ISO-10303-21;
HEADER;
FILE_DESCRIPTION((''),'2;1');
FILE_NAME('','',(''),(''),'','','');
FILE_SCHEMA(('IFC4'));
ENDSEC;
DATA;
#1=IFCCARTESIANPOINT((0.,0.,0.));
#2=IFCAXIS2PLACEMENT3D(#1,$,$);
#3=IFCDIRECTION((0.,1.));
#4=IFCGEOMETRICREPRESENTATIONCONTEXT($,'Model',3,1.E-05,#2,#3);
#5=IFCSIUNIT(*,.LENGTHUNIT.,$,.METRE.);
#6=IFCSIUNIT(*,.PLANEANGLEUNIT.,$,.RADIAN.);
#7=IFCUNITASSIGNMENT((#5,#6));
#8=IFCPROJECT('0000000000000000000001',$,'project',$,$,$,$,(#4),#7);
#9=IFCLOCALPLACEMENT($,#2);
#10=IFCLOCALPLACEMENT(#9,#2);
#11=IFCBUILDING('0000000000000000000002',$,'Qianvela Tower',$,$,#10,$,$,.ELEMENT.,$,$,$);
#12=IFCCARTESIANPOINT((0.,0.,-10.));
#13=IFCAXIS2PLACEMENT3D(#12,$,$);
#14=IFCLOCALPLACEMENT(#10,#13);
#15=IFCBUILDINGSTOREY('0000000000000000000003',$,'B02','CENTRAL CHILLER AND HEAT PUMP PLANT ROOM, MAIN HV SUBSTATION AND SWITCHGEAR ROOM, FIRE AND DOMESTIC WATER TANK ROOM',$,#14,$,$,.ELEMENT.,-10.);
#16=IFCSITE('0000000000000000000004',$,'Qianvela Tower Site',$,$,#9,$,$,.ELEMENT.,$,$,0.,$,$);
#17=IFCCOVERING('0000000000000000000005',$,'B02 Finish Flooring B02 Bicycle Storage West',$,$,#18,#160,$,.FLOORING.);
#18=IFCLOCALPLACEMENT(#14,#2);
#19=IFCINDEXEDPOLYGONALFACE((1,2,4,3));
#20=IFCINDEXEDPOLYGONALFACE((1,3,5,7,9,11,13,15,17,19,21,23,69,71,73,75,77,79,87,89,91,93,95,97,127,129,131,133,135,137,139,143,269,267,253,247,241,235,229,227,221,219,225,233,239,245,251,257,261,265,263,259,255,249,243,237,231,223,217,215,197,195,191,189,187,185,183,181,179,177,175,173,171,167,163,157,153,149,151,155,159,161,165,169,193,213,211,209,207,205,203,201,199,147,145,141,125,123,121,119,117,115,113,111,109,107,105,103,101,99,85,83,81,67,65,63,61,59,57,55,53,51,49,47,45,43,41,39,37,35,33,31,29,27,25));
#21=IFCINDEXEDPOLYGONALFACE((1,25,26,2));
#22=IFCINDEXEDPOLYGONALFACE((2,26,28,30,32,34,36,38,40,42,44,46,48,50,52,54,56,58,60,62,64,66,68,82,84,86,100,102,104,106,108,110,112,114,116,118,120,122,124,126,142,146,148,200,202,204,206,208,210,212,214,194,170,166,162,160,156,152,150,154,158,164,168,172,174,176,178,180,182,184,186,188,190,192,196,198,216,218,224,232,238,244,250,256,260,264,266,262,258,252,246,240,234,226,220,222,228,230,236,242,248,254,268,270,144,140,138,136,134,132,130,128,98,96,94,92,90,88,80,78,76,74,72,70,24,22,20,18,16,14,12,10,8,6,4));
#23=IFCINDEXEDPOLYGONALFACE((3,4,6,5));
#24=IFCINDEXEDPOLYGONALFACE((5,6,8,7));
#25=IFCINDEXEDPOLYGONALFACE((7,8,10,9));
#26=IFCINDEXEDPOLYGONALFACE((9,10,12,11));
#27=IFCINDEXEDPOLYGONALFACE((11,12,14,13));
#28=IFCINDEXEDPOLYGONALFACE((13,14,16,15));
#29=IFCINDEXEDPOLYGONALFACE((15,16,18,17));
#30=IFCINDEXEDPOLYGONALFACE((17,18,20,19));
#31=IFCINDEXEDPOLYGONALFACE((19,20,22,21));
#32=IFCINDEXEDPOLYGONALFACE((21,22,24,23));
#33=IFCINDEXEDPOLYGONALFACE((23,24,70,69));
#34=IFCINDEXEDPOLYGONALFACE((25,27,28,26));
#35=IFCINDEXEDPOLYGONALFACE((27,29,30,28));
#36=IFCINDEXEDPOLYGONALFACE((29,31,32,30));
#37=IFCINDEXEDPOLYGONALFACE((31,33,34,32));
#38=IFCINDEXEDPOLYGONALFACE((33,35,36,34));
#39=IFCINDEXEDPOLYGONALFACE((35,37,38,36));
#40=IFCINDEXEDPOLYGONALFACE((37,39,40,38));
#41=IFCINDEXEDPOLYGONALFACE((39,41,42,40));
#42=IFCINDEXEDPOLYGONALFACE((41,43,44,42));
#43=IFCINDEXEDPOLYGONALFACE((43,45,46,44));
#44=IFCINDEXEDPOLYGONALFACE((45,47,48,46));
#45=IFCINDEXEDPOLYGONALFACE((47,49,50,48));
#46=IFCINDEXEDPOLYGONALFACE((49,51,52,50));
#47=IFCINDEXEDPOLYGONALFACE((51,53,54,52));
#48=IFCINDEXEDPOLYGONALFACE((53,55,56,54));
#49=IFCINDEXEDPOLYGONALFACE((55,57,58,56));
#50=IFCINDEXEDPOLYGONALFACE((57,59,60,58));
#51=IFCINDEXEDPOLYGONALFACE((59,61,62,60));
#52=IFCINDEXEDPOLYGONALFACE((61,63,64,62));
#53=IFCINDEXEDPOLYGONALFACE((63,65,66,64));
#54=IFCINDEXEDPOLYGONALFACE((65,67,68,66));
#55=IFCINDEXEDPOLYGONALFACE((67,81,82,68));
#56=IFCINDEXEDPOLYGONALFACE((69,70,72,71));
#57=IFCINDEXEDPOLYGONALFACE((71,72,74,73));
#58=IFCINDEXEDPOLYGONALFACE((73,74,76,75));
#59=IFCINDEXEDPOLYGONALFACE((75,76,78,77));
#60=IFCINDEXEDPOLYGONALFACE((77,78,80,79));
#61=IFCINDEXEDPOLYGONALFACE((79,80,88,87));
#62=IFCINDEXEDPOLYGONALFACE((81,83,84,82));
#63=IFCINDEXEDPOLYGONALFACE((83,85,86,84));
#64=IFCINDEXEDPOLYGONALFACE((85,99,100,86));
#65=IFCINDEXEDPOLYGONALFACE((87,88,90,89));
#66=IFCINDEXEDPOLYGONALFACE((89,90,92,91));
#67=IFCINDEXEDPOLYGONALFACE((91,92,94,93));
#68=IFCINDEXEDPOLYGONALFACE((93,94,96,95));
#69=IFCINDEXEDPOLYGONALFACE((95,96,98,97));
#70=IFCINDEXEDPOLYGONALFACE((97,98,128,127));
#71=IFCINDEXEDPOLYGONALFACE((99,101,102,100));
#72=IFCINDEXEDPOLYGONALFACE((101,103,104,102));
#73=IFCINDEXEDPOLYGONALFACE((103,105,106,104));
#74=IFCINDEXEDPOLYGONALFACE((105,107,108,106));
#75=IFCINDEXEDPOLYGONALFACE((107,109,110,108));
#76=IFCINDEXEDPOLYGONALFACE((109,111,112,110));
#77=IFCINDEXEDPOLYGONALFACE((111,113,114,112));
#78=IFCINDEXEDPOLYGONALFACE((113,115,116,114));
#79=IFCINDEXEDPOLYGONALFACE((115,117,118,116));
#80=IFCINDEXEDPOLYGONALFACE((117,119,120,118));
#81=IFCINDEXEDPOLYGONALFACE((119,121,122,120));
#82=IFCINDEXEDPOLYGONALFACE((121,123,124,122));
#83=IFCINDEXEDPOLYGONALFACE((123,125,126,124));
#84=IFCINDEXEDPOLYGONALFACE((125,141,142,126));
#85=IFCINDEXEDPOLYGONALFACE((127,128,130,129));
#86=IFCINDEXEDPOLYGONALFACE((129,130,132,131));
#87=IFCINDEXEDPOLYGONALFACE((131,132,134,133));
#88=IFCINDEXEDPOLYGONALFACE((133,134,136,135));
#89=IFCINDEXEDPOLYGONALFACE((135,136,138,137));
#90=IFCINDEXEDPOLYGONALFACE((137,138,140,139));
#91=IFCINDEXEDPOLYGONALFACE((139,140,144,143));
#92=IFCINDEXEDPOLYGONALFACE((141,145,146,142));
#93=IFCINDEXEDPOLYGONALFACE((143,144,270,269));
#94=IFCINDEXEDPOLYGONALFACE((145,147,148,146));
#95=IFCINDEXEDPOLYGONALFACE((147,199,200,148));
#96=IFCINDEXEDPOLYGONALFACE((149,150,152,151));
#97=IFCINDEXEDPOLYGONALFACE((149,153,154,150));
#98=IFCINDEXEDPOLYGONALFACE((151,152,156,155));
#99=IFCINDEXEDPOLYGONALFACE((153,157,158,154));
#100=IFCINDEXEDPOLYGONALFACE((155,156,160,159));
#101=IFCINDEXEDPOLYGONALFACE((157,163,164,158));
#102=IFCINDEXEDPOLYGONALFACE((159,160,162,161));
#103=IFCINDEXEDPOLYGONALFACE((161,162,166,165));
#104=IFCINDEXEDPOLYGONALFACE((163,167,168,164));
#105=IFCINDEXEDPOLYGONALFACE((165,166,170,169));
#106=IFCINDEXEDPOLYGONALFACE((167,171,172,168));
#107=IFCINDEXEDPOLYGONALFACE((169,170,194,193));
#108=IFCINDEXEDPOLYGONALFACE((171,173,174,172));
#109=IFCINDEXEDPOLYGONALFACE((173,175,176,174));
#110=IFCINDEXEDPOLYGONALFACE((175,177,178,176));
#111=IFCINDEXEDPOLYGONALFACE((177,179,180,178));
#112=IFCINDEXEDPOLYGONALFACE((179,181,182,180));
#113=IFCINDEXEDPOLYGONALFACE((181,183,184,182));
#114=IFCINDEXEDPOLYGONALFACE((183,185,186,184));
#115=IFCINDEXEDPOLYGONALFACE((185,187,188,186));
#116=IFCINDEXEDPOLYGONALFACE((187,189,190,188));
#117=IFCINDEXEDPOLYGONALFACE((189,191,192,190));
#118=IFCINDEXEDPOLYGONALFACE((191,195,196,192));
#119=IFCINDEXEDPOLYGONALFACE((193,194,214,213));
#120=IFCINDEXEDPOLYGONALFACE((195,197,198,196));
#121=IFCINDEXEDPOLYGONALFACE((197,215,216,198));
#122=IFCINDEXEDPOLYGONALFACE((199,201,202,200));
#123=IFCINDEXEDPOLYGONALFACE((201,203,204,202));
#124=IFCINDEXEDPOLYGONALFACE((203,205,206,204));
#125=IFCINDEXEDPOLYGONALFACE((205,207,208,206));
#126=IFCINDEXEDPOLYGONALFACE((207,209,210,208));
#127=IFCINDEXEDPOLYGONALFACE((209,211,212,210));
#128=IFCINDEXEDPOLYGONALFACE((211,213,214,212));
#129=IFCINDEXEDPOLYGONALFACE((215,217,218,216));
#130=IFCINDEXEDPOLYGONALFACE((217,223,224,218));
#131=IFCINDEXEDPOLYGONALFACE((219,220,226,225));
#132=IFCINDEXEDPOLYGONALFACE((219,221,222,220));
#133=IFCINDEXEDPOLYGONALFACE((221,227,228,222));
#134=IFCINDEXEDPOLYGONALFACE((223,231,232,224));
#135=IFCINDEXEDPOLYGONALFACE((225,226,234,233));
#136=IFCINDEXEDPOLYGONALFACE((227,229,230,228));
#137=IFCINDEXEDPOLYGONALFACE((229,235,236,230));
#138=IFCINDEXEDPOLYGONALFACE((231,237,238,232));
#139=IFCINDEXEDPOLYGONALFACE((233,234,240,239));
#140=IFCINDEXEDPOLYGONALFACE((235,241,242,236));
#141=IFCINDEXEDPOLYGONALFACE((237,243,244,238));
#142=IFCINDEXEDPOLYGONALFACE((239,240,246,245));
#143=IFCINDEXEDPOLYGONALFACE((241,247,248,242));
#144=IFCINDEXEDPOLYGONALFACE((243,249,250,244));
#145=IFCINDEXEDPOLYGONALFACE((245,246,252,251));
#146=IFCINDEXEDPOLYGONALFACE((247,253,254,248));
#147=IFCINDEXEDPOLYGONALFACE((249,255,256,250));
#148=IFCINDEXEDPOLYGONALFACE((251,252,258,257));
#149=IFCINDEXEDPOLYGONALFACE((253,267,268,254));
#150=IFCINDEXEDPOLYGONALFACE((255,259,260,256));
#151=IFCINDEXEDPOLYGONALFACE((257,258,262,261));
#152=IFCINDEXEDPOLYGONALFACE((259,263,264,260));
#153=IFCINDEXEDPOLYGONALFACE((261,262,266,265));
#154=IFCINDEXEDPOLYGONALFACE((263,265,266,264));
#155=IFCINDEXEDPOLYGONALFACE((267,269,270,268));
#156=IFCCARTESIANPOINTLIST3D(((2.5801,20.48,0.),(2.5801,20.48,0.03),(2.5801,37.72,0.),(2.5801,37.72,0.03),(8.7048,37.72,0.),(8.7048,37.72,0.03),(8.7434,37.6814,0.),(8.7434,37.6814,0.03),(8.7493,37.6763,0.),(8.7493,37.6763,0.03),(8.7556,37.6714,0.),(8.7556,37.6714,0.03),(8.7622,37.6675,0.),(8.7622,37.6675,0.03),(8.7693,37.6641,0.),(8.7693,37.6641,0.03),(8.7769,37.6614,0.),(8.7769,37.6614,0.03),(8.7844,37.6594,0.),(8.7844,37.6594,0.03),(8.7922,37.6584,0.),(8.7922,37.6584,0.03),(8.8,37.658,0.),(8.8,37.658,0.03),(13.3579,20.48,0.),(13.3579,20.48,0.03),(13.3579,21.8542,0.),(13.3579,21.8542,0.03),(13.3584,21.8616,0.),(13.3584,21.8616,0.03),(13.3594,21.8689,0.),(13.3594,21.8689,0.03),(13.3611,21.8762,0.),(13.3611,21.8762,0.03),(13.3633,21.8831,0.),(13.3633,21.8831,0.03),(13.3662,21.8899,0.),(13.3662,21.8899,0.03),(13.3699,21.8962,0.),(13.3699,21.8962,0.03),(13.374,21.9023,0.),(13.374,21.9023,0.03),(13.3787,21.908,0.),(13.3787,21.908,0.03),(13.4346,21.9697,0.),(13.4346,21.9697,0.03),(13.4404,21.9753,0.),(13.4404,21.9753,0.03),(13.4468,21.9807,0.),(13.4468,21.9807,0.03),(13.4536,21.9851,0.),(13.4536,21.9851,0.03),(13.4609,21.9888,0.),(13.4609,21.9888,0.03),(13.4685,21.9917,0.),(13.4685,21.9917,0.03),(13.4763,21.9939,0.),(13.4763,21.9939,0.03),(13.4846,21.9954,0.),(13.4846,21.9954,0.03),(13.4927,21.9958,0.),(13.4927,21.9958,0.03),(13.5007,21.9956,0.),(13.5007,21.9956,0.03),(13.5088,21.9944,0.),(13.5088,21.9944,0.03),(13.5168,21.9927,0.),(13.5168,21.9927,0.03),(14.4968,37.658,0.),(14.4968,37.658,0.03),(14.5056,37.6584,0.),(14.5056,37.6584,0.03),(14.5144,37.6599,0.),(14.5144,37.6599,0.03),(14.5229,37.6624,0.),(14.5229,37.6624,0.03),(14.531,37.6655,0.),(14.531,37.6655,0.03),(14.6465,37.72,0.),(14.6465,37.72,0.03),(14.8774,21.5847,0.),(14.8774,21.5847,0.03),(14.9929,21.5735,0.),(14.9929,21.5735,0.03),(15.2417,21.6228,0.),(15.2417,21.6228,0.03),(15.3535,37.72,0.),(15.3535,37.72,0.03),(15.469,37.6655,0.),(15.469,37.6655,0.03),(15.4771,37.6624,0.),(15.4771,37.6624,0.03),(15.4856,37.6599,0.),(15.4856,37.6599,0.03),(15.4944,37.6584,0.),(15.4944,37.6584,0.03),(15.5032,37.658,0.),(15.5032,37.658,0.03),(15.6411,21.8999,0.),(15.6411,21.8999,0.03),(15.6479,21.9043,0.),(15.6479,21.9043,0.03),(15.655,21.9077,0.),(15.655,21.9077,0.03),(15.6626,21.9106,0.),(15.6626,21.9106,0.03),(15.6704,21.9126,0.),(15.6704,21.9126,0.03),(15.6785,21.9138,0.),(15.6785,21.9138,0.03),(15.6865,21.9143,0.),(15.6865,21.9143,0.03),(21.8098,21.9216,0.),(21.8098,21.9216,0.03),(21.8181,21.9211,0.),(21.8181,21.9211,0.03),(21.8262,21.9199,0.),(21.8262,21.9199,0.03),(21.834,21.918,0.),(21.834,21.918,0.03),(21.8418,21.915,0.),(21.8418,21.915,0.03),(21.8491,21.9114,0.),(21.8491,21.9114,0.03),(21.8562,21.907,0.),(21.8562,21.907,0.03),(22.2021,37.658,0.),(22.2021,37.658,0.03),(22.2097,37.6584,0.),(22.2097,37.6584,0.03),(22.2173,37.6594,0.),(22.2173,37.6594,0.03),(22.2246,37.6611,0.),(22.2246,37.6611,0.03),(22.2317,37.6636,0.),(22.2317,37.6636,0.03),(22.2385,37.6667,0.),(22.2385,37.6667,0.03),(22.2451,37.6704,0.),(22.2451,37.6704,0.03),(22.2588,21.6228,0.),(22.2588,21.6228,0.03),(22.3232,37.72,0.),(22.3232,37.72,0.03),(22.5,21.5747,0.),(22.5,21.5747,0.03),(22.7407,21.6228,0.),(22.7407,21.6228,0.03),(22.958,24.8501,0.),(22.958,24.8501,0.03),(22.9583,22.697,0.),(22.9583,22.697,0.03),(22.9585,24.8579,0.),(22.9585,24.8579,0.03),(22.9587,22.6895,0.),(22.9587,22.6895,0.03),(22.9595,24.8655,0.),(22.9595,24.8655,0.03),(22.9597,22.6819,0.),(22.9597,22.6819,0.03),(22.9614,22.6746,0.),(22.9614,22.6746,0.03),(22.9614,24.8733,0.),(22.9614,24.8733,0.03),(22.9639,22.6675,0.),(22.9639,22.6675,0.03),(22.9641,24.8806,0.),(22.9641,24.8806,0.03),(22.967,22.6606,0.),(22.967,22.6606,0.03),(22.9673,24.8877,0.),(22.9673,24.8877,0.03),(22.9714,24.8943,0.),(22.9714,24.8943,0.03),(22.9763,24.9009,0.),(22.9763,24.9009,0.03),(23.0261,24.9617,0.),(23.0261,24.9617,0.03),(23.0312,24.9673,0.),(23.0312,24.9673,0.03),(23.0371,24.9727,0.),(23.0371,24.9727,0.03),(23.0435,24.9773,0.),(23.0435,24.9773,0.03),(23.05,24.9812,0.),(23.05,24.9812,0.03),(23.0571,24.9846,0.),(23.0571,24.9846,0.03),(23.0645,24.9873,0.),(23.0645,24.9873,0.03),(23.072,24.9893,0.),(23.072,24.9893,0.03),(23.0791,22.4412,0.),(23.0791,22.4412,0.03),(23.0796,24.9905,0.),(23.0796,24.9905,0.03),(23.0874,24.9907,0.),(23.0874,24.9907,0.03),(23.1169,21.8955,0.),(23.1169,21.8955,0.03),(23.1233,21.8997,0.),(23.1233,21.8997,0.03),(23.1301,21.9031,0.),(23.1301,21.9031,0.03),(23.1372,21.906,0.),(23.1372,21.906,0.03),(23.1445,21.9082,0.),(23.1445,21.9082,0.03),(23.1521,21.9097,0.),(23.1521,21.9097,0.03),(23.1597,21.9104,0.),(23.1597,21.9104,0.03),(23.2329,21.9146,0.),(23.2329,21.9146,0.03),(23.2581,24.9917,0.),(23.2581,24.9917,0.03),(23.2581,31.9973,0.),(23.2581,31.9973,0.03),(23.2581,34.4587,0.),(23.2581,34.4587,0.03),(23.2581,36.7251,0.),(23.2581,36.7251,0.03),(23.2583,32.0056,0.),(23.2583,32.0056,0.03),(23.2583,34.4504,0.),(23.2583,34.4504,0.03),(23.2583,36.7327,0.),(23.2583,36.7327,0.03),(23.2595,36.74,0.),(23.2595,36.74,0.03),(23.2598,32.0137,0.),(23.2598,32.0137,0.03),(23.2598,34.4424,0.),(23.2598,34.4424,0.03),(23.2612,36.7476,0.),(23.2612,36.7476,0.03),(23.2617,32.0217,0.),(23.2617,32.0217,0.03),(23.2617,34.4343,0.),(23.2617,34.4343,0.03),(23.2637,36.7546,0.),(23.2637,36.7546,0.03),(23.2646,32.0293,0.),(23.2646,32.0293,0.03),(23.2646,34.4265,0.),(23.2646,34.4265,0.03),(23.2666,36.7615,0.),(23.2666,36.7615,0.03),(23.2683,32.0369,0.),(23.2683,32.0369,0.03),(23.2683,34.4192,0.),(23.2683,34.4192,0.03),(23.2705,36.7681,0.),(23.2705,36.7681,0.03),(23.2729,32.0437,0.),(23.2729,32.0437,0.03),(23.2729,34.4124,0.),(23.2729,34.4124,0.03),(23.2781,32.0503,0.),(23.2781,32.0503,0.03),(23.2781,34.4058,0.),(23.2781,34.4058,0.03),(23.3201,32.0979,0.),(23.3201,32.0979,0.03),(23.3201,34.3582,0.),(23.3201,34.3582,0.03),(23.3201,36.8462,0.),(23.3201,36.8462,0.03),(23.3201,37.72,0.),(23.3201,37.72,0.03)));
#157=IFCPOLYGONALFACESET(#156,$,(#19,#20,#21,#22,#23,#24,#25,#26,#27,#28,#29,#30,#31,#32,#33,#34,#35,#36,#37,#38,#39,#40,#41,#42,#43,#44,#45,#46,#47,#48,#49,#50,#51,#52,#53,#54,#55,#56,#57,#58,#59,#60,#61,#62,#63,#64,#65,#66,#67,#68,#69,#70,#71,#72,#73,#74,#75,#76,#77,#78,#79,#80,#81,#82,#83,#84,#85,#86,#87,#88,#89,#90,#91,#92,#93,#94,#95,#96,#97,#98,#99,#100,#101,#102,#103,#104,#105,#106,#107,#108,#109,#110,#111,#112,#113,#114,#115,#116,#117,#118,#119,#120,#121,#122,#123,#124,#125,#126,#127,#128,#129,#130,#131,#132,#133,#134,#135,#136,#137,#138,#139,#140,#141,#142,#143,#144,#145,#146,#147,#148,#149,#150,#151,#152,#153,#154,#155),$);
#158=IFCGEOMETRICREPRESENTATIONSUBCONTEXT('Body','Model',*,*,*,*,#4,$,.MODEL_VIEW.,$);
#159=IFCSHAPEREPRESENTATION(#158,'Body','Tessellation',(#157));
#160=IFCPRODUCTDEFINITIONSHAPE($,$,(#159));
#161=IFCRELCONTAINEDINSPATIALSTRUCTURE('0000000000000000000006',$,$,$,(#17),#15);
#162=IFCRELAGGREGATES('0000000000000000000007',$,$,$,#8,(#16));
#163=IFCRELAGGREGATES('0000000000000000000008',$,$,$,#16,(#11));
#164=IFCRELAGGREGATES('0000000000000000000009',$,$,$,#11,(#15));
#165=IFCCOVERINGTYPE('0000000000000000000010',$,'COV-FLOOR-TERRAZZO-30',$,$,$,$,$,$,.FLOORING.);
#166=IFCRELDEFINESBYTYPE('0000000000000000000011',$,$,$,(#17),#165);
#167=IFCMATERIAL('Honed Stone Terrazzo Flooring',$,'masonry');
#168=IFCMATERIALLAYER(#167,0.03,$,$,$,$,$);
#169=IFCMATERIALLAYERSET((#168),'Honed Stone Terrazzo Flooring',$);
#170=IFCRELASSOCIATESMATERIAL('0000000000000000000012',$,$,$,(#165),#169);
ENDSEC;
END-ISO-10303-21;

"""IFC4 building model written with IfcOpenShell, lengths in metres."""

from ifc_helpers import new_model, si_unit, direction, frame, origin, place, context, subcontext, project, spatial, polyline, outline, extrude, material, layer, layer_set, type_object, element, save


model = new_model("IFC4")

# Units and contexts
model_context = context("Model", 3, precision=1e-05, world=origin(), true_north=direction((0.0, 1.0)))
body_context = subcontext(model_context, "Body", "Model", "MODEL_VIEW")
ifc_project = project(units=[si_unit("LENGTHUNIT", "METRE"), si_unit("PLANEANGLEUNIT", "RADIAN")], contexts=[model_context])

# Site, building, storey
site_placement = place(None, origin())
site = spatial("IfcSite", under=ifc_project, at=site_placement, Name="Qianvela Tower Site", CompositionType="ELEMENT", RefElevation=0.0)
building_placement = place(site_placement, origin())
building = spatial("IfcBuilding", under=site, at=building_placement, Name="Qianvela Tower", CompositionType="ELEMENT")
storey_placement = place(building_placement, frame((0.0, 0.0, -10.0)))
storey = spatial("IfcBuildingStorey", under=building, at=storey_placement, Name="B02", Description="CENTRAL CHILLER AND HEAT PUMP PLANT ROOM, MAIN HV SUBSTATION AND SWITCHGEAR ROOM, FIRE AND DOMESTIC WATER TANK ROOM", CompositionType="ELEMENT", Elevation=-10.0)

# Covering
ifc_material_1 = material(Name="Honed Stone Terrazzo Flooring", Category="masonry")
ifc_layer_1 = layer(ifc_material_1, 0.03)
ifc_layer_set_1 = layer_set([ifc_layer_1], Name="Honed Stone Terrazzo Flooring")
covering_type_1 = type_object("IfcCoveringType", Name="COV-FLOOR-TERRAZZO-30", PredefinedType="FLOORING", material=ifc_layer_set_1)
covering_1_placement = place(storey_placement, origin())
element("IfcCovering", 1, at=covering_1_placement, inside=storey, type_object=covering_type_1, Name="B02 Finish Flooring B02 Bicycle Storage West", PredefinedType="FLOORING", context=body_context, shape_type="SweptSolid", body=[
    extrude(outline(polyline([(23.3201, 36.8462), (23.2705, 36.7681), (23.2666, 36.7615), (23.2637, 36.7546), (23.2612, 36.7476), (23.2595, 36.74), (23.2583, 36.7327), (23.2581, 36.7251), (23.2581, 34.4587), (23.2583, 34.4504), (23.2598, 34.4424), (23.2617, 34.4343), (23.2646, 34.4265), (23.2683, 34.4192), (23.2729, 34.4124), (23.2781, 34.4058), (23.3201, 34.3582), (23.3201, 32.0979), (23.2781, 32.0503), (23.2729, 32.0437), (23.2683, 32.0369), (23.2646, 32.0293), (23.2617, 32.0217), (23.2598, 32.0137), (23.2583, 32.0056), (23.2581, 31.9973), (23.2581, 24.9917), (23.0874, 24.9907), (23.0796, 24.9905), (23.072, 24.9893), (23.0645, 24.9873), (23.0571, 24.9846), (23.05, 24.9812), (23.0435, 24.9773), (23.0371, 24.9727), (23.0312, 24.9673), (23.0261, 24.9617), (22.9763, 24.9009), (22.9714, 24.8943), (22.9673, 24.8877), (22.9641, 24.8806), (22.9614, 24.8733), (22.9595, 24.8655), (22.9585, 24.8579), (22.958, 24.8501), (22.9583, 22.697), (22.9587, 22.6895), (22.9597, 22.6819), (22.9614, 22.6746), (22.9639, 22.6675), (22.967, 22.6606), (23.0791, 22.4412), (23.2329, 21.9146), (23.1597, 21.9104), (23.1521, 21.9097), (23.1445, 21.9082), (23.1372, 21.906), (23.1301, 21.9031), (23.1233, 21.8997), (23.1169, 21.8955), (22.7407, 21.6228), (22.5, 21.5747), (22.2588, 21.6228), (21.8562, 21.907), (21.8491, 21.9114), (21.8418, 21.915), (21.834, 21.918), (21.8262, 21.9199), (21.8181, 21.9211), (21.8098, 21.9216), (15.6865, 21.9143), (15.6785, 21.9138), (15.6704, 21.9126), (15.6626, 21.9106), (15.655, 21.9077), (15.6479, 21.9043), (15.6411, 21.8999), (15.2417, 21.6228), (14.9929, 21.5735), (14.8774, 21.5847), (13.5168, 21.9927), (13.5088, 21.9944), (13.5007, 21.9956), (13.4927, 21.9958), (13.4846, 21.9954), (13.4763, 21.9939), (13.4685, 21.9917), (13.4609, 21.9888), (13.4536, 21.9851), (13.4468, 21.9807), (13.4404, 21.9753), (13.4346, 21.9697), (13.3787, 21.908), (13.374, 21.9023), (13.3699, 21.8962), (13.3662, 21.8899), (13.3633, 21.8831), (13.3611, 21.8762), (13.3594, 21.8689), (13.3584, 21.8616), (13.3579, 21.8542), (13.3579, 20.48), (2.5801, 20.48), (2.5801, 37.72), (8.7048, 37.72), (8.7434, 37.6814), (8.7493, 37.6763), (8.7556, 37.6714), (8.7622, 37.6675), (8.7693, 37.6641), (8.7769, 37.6614), (8.7844, 37.6594), (8.7922, 37.6584), (8.8, 37.658), (14.4968, 37.658), (14.5056, 37.6584), (14.5144, 37.6599), (14.5229, 37.6624), (14.531, 37.6655), (14.6465, 37.72), (15.3535, 37.72), (15.469, 37.6655), (15.4771, 37.6624), (15.4856, 37.6599), (15.4944, 37.6584), (15.5032, 37.658), (22.2021, 37.658), (22.2097, 37.6584), (22.2173, 37.6594), (22.2246, 37.6611), (22.2317, 37.6636), (22.2385, 37.6667), (22.2451, 37.6704), (22.3232, 37.72), (23.3201, 37.72), (23.3201, 36.8462)])), origin(), (0.0, 0.0, 1.0), 0.03),
])

save(model, "model.ifc")
